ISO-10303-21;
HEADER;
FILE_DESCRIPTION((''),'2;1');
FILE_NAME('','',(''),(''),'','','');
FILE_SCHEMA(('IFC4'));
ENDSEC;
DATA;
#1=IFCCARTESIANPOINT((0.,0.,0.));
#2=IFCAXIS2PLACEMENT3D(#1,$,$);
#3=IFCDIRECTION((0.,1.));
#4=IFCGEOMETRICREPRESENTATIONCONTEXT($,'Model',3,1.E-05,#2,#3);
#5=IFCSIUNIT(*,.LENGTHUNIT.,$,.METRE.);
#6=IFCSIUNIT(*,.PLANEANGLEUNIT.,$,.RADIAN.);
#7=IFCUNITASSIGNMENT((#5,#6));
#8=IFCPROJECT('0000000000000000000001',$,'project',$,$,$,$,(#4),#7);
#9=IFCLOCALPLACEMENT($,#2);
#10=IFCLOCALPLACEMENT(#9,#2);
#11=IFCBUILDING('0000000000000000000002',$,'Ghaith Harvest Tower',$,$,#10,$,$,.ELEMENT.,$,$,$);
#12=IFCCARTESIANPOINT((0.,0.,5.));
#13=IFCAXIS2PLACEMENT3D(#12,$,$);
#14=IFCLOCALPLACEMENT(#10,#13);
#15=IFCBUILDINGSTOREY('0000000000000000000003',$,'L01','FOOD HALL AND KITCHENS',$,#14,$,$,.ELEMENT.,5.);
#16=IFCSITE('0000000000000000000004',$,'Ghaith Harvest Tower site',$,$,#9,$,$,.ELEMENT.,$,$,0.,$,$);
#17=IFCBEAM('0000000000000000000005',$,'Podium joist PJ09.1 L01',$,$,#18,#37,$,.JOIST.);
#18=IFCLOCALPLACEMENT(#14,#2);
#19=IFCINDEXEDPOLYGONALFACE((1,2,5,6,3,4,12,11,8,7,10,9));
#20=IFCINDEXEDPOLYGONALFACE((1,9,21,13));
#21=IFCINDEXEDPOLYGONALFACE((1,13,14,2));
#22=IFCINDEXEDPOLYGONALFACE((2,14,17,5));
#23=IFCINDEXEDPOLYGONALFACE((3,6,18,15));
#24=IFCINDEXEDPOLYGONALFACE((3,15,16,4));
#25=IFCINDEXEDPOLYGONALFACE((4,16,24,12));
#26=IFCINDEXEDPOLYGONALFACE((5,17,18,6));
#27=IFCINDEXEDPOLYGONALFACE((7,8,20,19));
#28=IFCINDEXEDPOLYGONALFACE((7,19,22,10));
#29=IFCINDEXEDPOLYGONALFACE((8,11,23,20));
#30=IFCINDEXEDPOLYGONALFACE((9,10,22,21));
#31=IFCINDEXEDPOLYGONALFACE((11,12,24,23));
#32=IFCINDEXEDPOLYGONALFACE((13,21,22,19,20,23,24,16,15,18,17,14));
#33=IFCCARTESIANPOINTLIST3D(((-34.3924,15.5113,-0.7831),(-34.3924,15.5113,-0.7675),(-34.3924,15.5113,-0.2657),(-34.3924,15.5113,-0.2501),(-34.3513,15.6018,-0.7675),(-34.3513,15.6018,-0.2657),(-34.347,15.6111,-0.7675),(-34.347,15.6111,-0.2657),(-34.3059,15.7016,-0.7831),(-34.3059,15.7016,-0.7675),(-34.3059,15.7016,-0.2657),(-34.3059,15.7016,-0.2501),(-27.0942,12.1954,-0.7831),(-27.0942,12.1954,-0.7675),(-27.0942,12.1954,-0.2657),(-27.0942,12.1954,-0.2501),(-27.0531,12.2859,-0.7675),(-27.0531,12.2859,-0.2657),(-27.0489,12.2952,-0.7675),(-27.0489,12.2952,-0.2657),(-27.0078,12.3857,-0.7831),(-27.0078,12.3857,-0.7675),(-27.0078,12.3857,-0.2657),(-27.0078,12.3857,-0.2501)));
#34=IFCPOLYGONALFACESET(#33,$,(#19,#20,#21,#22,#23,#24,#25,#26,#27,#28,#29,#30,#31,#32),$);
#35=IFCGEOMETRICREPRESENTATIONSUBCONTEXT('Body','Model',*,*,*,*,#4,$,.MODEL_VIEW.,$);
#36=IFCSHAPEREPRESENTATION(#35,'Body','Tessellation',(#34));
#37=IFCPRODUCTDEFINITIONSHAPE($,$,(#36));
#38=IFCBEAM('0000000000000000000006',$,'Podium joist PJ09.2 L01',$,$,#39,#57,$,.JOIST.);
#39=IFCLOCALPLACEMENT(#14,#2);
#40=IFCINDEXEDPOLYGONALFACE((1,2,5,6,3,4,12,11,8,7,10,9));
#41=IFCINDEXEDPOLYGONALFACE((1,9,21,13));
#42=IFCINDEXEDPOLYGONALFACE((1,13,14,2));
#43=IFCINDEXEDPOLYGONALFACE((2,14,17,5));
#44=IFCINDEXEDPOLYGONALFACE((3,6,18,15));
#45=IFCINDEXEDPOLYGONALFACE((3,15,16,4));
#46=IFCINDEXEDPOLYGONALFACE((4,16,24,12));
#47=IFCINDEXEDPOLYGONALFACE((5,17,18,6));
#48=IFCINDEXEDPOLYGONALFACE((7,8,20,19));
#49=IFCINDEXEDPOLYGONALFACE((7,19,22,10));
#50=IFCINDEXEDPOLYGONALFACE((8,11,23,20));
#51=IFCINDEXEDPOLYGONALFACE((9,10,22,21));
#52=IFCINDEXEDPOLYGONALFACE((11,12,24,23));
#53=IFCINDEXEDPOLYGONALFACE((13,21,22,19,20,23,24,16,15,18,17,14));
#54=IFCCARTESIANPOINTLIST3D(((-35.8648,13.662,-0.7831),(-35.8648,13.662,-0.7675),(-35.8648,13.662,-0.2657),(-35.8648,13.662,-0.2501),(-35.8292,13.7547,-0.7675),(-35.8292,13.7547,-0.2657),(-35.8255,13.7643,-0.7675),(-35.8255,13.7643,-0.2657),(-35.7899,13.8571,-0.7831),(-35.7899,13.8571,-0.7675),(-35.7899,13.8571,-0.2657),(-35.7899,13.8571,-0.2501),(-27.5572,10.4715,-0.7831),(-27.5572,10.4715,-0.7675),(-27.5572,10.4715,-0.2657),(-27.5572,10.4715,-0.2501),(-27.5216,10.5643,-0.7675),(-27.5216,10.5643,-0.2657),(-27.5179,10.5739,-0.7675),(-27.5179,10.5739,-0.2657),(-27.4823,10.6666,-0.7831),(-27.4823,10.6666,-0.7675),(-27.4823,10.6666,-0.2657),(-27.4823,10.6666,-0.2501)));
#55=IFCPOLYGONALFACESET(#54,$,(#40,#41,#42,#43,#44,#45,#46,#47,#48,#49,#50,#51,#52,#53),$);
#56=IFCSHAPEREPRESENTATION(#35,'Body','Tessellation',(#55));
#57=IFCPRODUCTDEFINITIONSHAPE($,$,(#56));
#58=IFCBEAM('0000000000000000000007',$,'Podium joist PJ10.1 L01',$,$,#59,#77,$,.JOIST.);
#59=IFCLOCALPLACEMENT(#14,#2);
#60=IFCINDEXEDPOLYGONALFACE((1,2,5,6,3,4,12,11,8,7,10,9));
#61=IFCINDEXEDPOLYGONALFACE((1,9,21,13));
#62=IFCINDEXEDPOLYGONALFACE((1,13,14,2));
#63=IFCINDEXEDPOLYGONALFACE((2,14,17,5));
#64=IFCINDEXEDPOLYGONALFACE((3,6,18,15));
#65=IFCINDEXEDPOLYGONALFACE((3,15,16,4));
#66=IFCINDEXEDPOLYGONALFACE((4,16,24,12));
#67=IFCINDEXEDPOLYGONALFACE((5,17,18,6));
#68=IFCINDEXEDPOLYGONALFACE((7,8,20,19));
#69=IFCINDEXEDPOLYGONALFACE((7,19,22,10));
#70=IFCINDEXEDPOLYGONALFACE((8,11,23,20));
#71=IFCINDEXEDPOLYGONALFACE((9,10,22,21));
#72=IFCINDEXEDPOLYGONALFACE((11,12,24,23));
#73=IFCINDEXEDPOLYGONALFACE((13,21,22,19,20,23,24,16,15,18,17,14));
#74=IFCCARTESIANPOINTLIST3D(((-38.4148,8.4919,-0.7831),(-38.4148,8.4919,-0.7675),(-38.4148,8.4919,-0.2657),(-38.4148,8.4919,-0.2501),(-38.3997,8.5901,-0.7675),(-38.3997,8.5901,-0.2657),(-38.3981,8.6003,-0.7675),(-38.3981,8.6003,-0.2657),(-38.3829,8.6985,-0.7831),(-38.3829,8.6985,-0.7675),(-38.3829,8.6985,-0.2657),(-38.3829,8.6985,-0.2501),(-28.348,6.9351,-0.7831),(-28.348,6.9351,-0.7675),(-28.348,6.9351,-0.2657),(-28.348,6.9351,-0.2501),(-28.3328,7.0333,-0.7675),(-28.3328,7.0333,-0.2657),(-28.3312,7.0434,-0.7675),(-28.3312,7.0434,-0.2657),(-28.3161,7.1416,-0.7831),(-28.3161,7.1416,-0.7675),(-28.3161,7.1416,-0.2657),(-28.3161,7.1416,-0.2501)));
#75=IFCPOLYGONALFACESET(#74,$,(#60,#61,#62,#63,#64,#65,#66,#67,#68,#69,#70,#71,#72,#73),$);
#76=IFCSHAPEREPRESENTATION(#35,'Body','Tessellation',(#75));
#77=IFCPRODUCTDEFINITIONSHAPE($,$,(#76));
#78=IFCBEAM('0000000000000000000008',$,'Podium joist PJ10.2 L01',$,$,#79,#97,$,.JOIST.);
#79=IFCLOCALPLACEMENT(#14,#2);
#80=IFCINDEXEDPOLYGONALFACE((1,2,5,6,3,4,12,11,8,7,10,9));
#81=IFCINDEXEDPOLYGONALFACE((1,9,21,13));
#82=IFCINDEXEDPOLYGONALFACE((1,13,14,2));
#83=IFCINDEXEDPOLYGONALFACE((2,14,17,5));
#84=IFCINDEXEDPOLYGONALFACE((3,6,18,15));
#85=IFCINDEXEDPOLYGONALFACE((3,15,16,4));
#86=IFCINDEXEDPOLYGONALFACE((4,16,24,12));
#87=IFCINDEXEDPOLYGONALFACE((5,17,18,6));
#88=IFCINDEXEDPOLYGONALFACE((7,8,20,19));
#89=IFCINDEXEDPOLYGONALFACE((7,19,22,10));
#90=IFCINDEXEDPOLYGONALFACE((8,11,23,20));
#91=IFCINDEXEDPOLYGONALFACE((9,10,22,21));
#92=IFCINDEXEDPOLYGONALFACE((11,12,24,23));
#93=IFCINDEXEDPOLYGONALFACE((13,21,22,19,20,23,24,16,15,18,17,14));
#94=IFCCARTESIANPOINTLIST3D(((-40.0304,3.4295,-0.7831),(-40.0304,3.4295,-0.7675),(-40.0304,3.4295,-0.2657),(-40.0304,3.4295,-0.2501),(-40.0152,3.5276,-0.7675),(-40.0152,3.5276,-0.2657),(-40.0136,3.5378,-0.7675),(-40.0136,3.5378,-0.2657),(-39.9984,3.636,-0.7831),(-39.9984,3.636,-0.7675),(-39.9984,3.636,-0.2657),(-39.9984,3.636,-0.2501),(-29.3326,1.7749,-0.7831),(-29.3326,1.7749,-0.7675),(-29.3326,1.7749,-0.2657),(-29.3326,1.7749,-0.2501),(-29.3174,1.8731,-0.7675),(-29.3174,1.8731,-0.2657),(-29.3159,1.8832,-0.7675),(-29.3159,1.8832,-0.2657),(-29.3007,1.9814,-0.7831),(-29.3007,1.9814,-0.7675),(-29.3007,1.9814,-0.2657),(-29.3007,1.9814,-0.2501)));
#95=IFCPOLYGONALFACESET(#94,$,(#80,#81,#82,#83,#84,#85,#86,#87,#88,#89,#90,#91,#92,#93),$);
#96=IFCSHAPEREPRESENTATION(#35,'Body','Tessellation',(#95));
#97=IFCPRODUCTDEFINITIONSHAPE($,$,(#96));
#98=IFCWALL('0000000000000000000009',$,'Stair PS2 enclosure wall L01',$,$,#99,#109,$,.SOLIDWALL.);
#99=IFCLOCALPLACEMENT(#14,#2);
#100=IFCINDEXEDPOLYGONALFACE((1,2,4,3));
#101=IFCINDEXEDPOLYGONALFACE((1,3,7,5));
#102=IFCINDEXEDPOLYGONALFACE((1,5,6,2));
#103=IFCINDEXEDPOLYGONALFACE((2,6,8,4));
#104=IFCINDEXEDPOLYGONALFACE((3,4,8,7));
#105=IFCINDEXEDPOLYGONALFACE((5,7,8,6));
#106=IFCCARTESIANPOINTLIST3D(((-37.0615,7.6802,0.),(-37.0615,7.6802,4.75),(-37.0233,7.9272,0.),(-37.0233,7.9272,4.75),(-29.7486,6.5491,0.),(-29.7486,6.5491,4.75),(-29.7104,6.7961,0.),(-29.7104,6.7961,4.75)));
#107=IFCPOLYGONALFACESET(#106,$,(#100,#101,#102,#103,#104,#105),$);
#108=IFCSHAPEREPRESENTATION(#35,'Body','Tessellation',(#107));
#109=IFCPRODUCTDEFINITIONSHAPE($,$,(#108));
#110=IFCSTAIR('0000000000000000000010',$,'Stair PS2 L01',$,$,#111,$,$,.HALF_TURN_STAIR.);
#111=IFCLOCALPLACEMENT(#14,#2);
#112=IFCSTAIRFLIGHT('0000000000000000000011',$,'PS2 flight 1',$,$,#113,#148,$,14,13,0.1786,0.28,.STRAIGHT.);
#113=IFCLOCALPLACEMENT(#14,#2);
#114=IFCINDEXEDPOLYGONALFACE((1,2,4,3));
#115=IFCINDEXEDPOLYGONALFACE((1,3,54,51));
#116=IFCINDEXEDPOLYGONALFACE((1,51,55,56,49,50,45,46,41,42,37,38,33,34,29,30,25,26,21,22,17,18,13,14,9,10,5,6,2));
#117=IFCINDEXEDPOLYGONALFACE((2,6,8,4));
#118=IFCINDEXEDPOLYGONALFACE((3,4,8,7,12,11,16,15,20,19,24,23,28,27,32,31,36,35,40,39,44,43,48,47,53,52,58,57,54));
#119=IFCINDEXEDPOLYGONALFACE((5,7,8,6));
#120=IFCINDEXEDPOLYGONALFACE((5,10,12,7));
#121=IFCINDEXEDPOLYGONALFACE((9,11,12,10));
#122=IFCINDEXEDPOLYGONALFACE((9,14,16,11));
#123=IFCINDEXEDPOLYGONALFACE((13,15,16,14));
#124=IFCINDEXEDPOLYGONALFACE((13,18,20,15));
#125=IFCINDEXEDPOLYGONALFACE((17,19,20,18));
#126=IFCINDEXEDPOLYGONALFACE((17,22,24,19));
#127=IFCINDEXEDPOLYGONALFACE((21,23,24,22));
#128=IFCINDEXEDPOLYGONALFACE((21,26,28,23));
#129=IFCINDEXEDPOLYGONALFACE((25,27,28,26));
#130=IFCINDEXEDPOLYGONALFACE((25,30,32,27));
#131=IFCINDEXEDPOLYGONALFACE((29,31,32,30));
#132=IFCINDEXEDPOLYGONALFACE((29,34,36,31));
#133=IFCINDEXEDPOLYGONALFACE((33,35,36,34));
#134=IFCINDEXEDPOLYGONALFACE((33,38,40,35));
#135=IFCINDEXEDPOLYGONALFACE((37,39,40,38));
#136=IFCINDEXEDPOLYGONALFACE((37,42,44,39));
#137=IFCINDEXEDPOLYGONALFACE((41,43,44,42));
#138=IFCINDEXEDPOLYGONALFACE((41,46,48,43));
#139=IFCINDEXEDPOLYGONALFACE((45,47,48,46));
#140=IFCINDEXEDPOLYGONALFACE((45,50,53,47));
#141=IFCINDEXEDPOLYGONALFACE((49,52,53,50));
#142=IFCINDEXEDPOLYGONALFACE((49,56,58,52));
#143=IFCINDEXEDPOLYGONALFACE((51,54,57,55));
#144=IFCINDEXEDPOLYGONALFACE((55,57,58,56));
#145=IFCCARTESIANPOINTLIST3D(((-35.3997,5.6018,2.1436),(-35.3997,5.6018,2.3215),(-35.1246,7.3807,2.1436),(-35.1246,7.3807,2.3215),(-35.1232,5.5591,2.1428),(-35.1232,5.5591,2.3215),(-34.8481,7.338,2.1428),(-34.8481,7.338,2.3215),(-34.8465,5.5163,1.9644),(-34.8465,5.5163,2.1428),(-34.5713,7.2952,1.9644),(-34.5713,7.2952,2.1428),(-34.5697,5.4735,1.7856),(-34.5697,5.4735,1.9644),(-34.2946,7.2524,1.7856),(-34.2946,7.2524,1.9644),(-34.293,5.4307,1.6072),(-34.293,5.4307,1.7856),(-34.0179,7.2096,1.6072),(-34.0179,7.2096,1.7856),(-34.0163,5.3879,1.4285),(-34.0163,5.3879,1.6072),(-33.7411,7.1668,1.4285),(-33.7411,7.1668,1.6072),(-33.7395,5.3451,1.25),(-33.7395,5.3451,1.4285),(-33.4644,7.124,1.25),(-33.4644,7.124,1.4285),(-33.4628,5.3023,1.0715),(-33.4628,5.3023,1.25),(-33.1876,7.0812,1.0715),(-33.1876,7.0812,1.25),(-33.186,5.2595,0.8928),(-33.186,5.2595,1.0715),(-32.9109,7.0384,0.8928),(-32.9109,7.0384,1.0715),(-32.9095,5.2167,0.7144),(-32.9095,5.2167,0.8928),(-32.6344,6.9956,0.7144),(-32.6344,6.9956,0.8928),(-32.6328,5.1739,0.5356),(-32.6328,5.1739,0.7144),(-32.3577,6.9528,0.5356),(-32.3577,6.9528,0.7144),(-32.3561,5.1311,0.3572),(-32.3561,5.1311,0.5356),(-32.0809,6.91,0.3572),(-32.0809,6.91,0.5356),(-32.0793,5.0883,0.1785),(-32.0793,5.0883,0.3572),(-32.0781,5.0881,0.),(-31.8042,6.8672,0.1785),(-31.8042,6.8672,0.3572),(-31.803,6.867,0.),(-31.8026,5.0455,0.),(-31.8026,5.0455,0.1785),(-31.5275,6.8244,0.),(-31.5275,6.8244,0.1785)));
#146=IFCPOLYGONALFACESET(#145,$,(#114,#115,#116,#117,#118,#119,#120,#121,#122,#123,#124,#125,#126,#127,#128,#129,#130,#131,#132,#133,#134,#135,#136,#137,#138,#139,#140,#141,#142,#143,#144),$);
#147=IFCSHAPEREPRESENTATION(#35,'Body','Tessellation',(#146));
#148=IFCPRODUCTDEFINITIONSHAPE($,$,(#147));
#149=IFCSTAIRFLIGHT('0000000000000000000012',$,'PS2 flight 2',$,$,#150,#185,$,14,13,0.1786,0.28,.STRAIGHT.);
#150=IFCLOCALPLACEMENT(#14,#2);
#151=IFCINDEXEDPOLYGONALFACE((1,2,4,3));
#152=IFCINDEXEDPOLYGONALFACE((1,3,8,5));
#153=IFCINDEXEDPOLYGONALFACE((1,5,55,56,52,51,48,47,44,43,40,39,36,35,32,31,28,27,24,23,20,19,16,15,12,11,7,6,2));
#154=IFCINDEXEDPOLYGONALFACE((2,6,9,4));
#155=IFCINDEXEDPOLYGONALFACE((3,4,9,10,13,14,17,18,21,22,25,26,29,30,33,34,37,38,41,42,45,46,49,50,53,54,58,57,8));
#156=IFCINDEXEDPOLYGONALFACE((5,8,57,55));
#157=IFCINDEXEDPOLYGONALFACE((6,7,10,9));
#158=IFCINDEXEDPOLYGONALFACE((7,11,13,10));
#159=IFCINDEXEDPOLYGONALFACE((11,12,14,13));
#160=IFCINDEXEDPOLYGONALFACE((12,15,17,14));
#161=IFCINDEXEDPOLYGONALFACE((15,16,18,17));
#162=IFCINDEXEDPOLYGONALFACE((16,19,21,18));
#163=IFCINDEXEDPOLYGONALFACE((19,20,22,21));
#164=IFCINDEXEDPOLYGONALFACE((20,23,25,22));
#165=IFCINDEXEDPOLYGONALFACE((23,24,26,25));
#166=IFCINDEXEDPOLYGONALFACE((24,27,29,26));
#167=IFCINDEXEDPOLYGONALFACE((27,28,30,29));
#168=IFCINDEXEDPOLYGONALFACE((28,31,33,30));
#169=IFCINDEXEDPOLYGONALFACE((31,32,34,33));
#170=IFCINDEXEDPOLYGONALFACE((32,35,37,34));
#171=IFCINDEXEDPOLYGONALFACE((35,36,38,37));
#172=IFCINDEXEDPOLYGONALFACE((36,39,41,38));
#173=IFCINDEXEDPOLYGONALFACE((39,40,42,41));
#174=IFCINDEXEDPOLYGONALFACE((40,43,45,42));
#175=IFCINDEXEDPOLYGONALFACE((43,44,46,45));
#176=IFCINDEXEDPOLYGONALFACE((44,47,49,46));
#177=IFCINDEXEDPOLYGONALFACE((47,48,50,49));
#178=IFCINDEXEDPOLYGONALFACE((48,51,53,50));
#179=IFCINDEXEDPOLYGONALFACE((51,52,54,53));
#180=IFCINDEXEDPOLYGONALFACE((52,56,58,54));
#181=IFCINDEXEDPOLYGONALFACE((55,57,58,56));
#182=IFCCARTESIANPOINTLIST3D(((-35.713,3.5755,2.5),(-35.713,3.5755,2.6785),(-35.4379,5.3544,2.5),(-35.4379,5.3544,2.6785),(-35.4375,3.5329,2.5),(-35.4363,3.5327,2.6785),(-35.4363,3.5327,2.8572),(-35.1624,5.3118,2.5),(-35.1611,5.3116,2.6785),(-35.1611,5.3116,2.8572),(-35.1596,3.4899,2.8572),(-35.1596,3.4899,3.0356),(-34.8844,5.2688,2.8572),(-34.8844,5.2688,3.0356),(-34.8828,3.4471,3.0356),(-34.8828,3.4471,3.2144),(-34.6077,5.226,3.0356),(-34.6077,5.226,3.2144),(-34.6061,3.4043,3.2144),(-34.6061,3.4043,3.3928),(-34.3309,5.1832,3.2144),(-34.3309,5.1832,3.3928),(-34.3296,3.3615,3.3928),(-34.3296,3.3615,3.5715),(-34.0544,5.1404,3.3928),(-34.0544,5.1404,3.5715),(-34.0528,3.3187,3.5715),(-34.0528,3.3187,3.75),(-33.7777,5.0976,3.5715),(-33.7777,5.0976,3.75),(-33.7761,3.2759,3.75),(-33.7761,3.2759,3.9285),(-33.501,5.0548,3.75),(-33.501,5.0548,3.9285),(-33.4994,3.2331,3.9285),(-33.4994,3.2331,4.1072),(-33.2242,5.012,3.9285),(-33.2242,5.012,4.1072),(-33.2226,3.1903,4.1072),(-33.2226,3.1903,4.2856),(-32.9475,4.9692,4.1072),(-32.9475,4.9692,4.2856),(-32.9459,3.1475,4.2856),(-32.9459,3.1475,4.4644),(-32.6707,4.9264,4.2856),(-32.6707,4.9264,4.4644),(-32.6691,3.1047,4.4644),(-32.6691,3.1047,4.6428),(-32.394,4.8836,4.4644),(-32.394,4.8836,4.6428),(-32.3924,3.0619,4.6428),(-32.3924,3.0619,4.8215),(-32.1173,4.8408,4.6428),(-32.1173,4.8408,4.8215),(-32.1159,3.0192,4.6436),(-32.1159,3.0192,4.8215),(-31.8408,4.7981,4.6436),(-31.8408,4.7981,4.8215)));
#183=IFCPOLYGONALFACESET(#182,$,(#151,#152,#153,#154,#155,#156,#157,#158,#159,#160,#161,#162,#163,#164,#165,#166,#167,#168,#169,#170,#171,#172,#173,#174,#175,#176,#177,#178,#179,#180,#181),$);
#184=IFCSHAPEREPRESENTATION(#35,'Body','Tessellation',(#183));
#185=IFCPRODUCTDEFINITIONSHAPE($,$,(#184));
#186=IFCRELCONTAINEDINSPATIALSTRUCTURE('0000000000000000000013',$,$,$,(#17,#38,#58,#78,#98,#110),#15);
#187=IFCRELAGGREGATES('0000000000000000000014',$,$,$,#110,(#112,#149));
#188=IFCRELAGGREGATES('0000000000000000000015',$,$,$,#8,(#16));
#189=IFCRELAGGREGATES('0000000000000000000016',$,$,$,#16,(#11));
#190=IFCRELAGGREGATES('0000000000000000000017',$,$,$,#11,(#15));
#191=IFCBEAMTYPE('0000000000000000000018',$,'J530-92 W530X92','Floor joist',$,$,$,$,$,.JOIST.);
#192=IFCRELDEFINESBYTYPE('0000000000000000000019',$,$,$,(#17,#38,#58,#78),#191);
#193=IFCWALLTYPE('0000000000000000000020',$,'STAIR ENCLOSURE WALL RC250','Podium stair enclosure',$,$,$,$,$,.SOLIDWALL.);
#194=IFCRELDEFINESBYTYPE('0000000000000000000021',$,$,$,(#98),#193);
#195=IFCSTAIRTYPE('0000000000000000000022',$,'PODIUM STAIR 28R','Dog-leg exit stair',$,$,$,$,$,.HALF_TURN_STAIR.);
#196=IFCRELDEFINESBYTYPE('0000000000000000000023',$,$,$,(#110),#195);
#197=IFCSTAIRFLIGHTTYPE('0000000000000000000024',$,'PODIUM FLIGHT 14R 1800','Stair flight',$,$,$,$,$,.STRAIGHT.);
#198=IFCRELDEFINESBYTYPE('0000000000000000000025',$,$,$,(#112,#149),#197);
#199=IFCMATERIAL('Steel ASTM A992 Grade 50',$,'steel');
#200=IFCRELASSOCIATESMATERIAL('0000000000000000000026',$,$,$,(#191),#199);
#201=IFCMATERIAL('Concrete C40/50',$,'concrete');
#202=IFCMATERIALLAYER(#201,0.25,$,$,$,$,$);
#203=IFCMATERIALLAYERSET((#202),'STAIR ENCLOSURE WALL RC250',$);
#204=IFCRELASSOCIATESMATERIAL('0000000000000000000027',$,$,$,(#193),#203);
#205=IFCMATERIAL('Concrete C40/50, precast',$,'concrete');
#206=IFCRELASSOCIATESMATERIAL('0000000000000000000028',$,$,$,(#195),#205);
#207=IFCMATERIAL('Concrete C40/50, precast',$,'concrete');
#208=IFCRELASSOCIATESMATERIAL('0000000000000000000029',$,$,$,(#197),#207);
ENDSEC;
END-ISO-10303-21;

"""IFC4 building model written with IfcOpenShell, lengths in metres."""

from ifc_helpers import new_model, si_unit, direction, frame, frame_2d, origin, origin_2d, place, context, subcontext, project, spatial, polyline, rectangle, i_section, outline, extrude, material, layer, layer_set, material_profile, profile_set, type_object, element, aggregate, save


model = new_model("IFC4")

# Units and contexts
model_context = context("Model", 3, precision=1e-05, world=origin(), true_north=direction((0.0, 1.0)))
body_context = subcontext(model_context, "Body", "Model", "MODEL_VIEW")
ifc_project = project(units=[si_unit("LENGTHUNIT", "METRE"), si_unit("PLANEANGLEUNIT", "RADIAN")], contexts=[model_context])

# Site, building, storey
site_placement = place(None, origin())
site = spatial("IfcSite", under=ifc_project, at=site_placement, Name="Ghaith Harvest Tower site", CompositionType="ELEMENT", RefElevation=0.0)
building_placement = place(site_placement, origin())
building = spatial("IfcBuilding", under=site, at=building_placement, Name="Ghaith Harvest Tower", CompositionType="ELEMENT")
storey_placement = place(building_placement, frame((0.0, 0.0, 5.0)))
storey = spatial("IfcBuildingStorey", under=building, at=storey_placement, Name="L01", Description="FOOD HALL AND KITCHENS", CompositionType="ELEMENT", Elevation=5.0)

# Beams
ifc_material_1 = material(Name="Steel ASTM A992 Grade 50", Category="steel")
ifc_material_profile_1 = material_profile(ifc_material_1, i_section(OverallWidth=0.209, OverallDepth=0.533, WebThickness=0.0103, FlangeThickness=0.0156, at=origin_2d()), Name="W530X92")
ifc_profile_set_1 = profile_set([ifc_material_profile_1], Name="Steel ASTM A992 Grade 50")
beam_type_1 = type_object("IfcBeamType", Name="J530-92 W530X92", Description="Floor joist", PredefinedType="JOIST", material=ifc_profile_set_1)
beam_1_placement = place(storey_placement, frame((-27.051, 12.2905, -0.5166), z_axis=(-0.910432, 0.413658, 0.0), x_axis=(-0.413658, -0.910432, 0.0)))
element("IfcBeam", 1, at=beam_1_placement, inside=storey, type_object=beam_type_1, Name="Podium joist PJ09.1 L01", PredefinedType="JOIST", context=body_context, shape_type="SweptSolid", body=[
    extrude(i_section(OverallWidth=0.209, OverallDepth=0.533, WebThickness=0.0103, FlangeThickness=0.0156, at=origin_2d()), origin(), (0.0, 0.0, 1.0), 8.0161),
])
beam_2_placement = place(storey_placement, frame((-27.5198, 10.5691, -0.5166), z_axis=(-0.933526, 0.358508, 0.0), x_axis=(-0.358508, -0.933526, 0.0)))
element("IfcBeam", 2, at=beam_2_placement, inside=storey, type_object=beam_type_1, Name="Podium joist PJ09.2 L01", PredefinedType="JOIST", context=body_context, shape_type="SweptSolid", body=[
    extrude(i_section(OverallWidth=0.209, OverallDepth=0.533, WebThickness=0.0103, FlangeThickness=0.0156, at=origin_2d()), origin(), (0.0, 0.0, 1.0), 8.8992),
])
beam_3_placement = place(storey_placement, frame((-28.332, 7.0383, -0.5166), z_axis=(-0.988251, 0.152837, 0.0), x_axis=(-0.152837, -0.988251, 0.0)))
element("IfcBeam", 3, at=beam_3_placement, inside=storey, type_object=beam_type_1, Name="Podium joist PJ10.1 L01", PredefinedType="JOIST", context=body_context, shape_type="SweptSolid", body=[
    extrude(i_section(OverallWidth=0.209, OverallDepth=0.533, WebThickness=0.0103, FlangeThickness=0.0156, at=origin_2d()), origin(), (0.0, 0.0, 1.0), 10.1865),
])
beam_4_placement = place(storey_placement, frame((-29.3167, 1.8782, -0.5166), z_axis=(-0.98825, 0.152845, 0.0), x_axis=(-0.152845, -0.98825, 0.0)))
element("IfcBeam", 4, at=beam_4_placement, inside=storey, type_object=beam_type_1, Name="Podium joist PJ10.2 L01", PredefinedType="JOIST", context=body_context, shape_type="SweptSolid", body=[
    extrude(i_section(OverallWidth=0.209, OverallDepth=0.533, WebThickness=0.0103, FlangeThickness=0.0156, at=origin_2d()), origin(), (0.0, 0.0, 1.0), 10.825),
])

# Shared definitions
ifc_material_2 = material(Name="Concrete C40/50", Category="concrete")
ifc_layer = layer(ifc_material_2, 0.25)
ifc_layer_set = layer_set([ifc_layer], Name="STAIR ENCLOSURE WALL RC250")
wall_type = type_object("IfcWallType", Name="STAIR ENCLOSURE WALL RC250", Description="Podium stair enclosure", PredefinedType="SOLIDWALL", material=ifc_layer_set)

# Wall
wall_1_placement = place(storey_placement, frame((-29.7295, 6.6726, 0.0), z_axis=(0.0, 0.0, 1.0), x_axis=(-0.988249, 0.152853, 0.0)))
element("IfcWall", 5, at=wall_1_placement, inside=storey, type_object=wall_type, Name="Stair PS2 enclosure wall L01", PredefinedType="SOLIDWALL", context=body_context, shape_type="SweptSolid", body=[
    extrude(rectangle(XDim=7.3999, YDim=0.25, at=frame_2d((3.7, 0.0))), origin(), (0.0, 0.0, 1.0), 4.75),
])

# Stair, stair flights
ifc_material_3 = material(Name="Concrete C40/50, precast", Category="concrete")
stair_type = type_object("IfcStairType", Name="PODIUM STAIR 28R", Description="Dog-leg exit stair", PredefinedType="HALF_TURN_STAIR", material=ifc_material_3)
stair_placement = place(storey_placement, origin())
stair = element("IfcStair", 6, at=stair_placement, inside=storey, type_object=stair_type, Name="Stair PS2 L01", PredefinedType="HALF_TURN_STAIR")
ifc_material_4 = material(Name="Concrete C40/50, precast", Category="concrete")
stair_flight_type = type_object("IfcStairFlightType", Name="PODIUM FLIGHT 14R 1800", Description="Stair flight", PredefinedType="STRAIGHT", material=ifc_material_4)
stair_flight_1_placement = place(storey_placement, frame((-31.665, 5.9348, 0.0), z_axis=(0.0, 0.0, 1.0), x_axis=(-0.988249, 0.152851, 0.0)))
stair_flight_1 = element("IfcStairFlight", 7, at=stair_flight_1_placement, type_object=stair_flight_type, Name="PS2 flight 1", NumberOfRisers=14, NumberOfTreads=13, PredefinedType="STRAIGHT", RiserHeight=0.1786, TreadLength=0.28, context=body_context, shape_type="SweptSolid", body=[
    extrude(outline(polyline([(0.0, 0.0), (0.0, 0.1785), (0.28, 0.1785), (0.28, 0.3572), (0.5601, 0.3572), (0.5601, 0.5356), (0.8401, 0.5356), (0.8401, 0.7144), (1.1201, 0.7144), (1.1201, 0.8928), (1.3999, 0.8928), (1.3999, 1.0715), (1.6799, 1.0715), (1.6799, 1.25), (1.96, 1.25), (1.96, 1.4285), (2.24, 1.4285), (2.24, 1.6072), (2.52, 1.6072), (2.52, 1.7856), (2.8, 1.7856), (2.8, 1.9644), (3.0801, 1.9644), (3.0801, 2.1428), (3.3601, 2.1428), (3.3601, 2.3215), (3.6399, 2.3215), (3.6399, 2.5), (3.6399, 2.1436), (0.2788, 0.0), (0.0, 0.0)])), frame((0.0, 0.8999, 0.0), z_axis=(0.0, -1.0, 0.0), x_axis=(1.0, 0.0, 0.0)), (0.0, 0.0, 1.0), 1.8),
])
stair_flight_2_placement = place(storey_placement, frame((-35.5754, 4.4651, 2.5), z_axis=(0.0, 0.0, 1.0), x_axis=(0.988249, -0.152851, 0.0)))
stair_flight_2 = element("IfcStairFlight", 8, at=stair_flight_2_placement, type_object=stair_flight_type, Name="PS2 flight 2", NumberOfRisers=14, NumberOfTreads=13, PredefinedType="STRAIGHT", RiserHeight=0.1786, TreadLength=0.28, context=body_context, shape_type="SweptSolid", body=[
    extrude(outline(polyline([(0.0, 0.0), (0.0, 0.1785), (0.28, 0.1785), (0.28, 0.3572), (0.5601, 0.3572), (0.5601, 0.5356), (0.8401, 0.5356), (0.8401, 0.7144), (1.1201, 0.7144), (1.1201, 0.8928), (1.3999, 0.8928), (1.3999, 1.0715), (1.6799, 1.0715), (1.6799, 1.25), (1.96, 1.25), (1.96, 1.4285), (2.24, 1.4285), (2.24, 1.6072), (2.52, 1.6072), (2.52, 1.7856), (2.8, 1.7856), (2.8, 1.9644), (3.0801, 1.9644), (3.0801, 2.1428), (3.3601, 2.1428), (3.3601, 2.3215), (3.6399, 2.3215), (3.6399, 2.5), (3.6399, 2.1436), (0.2788, 0.0), (0.0, 0.0)])), frame((0.0, 0.8999, 0.0), z_axis=(0.0, -1.0, 0.0), x_axis=(1.0, 0.0, 0.0)), (0.0, 0.0, 1.0), 1.8),
])
aggregate(stair, [stair_flight_1, stair_flight_2])

save(model, "model.ifc")
